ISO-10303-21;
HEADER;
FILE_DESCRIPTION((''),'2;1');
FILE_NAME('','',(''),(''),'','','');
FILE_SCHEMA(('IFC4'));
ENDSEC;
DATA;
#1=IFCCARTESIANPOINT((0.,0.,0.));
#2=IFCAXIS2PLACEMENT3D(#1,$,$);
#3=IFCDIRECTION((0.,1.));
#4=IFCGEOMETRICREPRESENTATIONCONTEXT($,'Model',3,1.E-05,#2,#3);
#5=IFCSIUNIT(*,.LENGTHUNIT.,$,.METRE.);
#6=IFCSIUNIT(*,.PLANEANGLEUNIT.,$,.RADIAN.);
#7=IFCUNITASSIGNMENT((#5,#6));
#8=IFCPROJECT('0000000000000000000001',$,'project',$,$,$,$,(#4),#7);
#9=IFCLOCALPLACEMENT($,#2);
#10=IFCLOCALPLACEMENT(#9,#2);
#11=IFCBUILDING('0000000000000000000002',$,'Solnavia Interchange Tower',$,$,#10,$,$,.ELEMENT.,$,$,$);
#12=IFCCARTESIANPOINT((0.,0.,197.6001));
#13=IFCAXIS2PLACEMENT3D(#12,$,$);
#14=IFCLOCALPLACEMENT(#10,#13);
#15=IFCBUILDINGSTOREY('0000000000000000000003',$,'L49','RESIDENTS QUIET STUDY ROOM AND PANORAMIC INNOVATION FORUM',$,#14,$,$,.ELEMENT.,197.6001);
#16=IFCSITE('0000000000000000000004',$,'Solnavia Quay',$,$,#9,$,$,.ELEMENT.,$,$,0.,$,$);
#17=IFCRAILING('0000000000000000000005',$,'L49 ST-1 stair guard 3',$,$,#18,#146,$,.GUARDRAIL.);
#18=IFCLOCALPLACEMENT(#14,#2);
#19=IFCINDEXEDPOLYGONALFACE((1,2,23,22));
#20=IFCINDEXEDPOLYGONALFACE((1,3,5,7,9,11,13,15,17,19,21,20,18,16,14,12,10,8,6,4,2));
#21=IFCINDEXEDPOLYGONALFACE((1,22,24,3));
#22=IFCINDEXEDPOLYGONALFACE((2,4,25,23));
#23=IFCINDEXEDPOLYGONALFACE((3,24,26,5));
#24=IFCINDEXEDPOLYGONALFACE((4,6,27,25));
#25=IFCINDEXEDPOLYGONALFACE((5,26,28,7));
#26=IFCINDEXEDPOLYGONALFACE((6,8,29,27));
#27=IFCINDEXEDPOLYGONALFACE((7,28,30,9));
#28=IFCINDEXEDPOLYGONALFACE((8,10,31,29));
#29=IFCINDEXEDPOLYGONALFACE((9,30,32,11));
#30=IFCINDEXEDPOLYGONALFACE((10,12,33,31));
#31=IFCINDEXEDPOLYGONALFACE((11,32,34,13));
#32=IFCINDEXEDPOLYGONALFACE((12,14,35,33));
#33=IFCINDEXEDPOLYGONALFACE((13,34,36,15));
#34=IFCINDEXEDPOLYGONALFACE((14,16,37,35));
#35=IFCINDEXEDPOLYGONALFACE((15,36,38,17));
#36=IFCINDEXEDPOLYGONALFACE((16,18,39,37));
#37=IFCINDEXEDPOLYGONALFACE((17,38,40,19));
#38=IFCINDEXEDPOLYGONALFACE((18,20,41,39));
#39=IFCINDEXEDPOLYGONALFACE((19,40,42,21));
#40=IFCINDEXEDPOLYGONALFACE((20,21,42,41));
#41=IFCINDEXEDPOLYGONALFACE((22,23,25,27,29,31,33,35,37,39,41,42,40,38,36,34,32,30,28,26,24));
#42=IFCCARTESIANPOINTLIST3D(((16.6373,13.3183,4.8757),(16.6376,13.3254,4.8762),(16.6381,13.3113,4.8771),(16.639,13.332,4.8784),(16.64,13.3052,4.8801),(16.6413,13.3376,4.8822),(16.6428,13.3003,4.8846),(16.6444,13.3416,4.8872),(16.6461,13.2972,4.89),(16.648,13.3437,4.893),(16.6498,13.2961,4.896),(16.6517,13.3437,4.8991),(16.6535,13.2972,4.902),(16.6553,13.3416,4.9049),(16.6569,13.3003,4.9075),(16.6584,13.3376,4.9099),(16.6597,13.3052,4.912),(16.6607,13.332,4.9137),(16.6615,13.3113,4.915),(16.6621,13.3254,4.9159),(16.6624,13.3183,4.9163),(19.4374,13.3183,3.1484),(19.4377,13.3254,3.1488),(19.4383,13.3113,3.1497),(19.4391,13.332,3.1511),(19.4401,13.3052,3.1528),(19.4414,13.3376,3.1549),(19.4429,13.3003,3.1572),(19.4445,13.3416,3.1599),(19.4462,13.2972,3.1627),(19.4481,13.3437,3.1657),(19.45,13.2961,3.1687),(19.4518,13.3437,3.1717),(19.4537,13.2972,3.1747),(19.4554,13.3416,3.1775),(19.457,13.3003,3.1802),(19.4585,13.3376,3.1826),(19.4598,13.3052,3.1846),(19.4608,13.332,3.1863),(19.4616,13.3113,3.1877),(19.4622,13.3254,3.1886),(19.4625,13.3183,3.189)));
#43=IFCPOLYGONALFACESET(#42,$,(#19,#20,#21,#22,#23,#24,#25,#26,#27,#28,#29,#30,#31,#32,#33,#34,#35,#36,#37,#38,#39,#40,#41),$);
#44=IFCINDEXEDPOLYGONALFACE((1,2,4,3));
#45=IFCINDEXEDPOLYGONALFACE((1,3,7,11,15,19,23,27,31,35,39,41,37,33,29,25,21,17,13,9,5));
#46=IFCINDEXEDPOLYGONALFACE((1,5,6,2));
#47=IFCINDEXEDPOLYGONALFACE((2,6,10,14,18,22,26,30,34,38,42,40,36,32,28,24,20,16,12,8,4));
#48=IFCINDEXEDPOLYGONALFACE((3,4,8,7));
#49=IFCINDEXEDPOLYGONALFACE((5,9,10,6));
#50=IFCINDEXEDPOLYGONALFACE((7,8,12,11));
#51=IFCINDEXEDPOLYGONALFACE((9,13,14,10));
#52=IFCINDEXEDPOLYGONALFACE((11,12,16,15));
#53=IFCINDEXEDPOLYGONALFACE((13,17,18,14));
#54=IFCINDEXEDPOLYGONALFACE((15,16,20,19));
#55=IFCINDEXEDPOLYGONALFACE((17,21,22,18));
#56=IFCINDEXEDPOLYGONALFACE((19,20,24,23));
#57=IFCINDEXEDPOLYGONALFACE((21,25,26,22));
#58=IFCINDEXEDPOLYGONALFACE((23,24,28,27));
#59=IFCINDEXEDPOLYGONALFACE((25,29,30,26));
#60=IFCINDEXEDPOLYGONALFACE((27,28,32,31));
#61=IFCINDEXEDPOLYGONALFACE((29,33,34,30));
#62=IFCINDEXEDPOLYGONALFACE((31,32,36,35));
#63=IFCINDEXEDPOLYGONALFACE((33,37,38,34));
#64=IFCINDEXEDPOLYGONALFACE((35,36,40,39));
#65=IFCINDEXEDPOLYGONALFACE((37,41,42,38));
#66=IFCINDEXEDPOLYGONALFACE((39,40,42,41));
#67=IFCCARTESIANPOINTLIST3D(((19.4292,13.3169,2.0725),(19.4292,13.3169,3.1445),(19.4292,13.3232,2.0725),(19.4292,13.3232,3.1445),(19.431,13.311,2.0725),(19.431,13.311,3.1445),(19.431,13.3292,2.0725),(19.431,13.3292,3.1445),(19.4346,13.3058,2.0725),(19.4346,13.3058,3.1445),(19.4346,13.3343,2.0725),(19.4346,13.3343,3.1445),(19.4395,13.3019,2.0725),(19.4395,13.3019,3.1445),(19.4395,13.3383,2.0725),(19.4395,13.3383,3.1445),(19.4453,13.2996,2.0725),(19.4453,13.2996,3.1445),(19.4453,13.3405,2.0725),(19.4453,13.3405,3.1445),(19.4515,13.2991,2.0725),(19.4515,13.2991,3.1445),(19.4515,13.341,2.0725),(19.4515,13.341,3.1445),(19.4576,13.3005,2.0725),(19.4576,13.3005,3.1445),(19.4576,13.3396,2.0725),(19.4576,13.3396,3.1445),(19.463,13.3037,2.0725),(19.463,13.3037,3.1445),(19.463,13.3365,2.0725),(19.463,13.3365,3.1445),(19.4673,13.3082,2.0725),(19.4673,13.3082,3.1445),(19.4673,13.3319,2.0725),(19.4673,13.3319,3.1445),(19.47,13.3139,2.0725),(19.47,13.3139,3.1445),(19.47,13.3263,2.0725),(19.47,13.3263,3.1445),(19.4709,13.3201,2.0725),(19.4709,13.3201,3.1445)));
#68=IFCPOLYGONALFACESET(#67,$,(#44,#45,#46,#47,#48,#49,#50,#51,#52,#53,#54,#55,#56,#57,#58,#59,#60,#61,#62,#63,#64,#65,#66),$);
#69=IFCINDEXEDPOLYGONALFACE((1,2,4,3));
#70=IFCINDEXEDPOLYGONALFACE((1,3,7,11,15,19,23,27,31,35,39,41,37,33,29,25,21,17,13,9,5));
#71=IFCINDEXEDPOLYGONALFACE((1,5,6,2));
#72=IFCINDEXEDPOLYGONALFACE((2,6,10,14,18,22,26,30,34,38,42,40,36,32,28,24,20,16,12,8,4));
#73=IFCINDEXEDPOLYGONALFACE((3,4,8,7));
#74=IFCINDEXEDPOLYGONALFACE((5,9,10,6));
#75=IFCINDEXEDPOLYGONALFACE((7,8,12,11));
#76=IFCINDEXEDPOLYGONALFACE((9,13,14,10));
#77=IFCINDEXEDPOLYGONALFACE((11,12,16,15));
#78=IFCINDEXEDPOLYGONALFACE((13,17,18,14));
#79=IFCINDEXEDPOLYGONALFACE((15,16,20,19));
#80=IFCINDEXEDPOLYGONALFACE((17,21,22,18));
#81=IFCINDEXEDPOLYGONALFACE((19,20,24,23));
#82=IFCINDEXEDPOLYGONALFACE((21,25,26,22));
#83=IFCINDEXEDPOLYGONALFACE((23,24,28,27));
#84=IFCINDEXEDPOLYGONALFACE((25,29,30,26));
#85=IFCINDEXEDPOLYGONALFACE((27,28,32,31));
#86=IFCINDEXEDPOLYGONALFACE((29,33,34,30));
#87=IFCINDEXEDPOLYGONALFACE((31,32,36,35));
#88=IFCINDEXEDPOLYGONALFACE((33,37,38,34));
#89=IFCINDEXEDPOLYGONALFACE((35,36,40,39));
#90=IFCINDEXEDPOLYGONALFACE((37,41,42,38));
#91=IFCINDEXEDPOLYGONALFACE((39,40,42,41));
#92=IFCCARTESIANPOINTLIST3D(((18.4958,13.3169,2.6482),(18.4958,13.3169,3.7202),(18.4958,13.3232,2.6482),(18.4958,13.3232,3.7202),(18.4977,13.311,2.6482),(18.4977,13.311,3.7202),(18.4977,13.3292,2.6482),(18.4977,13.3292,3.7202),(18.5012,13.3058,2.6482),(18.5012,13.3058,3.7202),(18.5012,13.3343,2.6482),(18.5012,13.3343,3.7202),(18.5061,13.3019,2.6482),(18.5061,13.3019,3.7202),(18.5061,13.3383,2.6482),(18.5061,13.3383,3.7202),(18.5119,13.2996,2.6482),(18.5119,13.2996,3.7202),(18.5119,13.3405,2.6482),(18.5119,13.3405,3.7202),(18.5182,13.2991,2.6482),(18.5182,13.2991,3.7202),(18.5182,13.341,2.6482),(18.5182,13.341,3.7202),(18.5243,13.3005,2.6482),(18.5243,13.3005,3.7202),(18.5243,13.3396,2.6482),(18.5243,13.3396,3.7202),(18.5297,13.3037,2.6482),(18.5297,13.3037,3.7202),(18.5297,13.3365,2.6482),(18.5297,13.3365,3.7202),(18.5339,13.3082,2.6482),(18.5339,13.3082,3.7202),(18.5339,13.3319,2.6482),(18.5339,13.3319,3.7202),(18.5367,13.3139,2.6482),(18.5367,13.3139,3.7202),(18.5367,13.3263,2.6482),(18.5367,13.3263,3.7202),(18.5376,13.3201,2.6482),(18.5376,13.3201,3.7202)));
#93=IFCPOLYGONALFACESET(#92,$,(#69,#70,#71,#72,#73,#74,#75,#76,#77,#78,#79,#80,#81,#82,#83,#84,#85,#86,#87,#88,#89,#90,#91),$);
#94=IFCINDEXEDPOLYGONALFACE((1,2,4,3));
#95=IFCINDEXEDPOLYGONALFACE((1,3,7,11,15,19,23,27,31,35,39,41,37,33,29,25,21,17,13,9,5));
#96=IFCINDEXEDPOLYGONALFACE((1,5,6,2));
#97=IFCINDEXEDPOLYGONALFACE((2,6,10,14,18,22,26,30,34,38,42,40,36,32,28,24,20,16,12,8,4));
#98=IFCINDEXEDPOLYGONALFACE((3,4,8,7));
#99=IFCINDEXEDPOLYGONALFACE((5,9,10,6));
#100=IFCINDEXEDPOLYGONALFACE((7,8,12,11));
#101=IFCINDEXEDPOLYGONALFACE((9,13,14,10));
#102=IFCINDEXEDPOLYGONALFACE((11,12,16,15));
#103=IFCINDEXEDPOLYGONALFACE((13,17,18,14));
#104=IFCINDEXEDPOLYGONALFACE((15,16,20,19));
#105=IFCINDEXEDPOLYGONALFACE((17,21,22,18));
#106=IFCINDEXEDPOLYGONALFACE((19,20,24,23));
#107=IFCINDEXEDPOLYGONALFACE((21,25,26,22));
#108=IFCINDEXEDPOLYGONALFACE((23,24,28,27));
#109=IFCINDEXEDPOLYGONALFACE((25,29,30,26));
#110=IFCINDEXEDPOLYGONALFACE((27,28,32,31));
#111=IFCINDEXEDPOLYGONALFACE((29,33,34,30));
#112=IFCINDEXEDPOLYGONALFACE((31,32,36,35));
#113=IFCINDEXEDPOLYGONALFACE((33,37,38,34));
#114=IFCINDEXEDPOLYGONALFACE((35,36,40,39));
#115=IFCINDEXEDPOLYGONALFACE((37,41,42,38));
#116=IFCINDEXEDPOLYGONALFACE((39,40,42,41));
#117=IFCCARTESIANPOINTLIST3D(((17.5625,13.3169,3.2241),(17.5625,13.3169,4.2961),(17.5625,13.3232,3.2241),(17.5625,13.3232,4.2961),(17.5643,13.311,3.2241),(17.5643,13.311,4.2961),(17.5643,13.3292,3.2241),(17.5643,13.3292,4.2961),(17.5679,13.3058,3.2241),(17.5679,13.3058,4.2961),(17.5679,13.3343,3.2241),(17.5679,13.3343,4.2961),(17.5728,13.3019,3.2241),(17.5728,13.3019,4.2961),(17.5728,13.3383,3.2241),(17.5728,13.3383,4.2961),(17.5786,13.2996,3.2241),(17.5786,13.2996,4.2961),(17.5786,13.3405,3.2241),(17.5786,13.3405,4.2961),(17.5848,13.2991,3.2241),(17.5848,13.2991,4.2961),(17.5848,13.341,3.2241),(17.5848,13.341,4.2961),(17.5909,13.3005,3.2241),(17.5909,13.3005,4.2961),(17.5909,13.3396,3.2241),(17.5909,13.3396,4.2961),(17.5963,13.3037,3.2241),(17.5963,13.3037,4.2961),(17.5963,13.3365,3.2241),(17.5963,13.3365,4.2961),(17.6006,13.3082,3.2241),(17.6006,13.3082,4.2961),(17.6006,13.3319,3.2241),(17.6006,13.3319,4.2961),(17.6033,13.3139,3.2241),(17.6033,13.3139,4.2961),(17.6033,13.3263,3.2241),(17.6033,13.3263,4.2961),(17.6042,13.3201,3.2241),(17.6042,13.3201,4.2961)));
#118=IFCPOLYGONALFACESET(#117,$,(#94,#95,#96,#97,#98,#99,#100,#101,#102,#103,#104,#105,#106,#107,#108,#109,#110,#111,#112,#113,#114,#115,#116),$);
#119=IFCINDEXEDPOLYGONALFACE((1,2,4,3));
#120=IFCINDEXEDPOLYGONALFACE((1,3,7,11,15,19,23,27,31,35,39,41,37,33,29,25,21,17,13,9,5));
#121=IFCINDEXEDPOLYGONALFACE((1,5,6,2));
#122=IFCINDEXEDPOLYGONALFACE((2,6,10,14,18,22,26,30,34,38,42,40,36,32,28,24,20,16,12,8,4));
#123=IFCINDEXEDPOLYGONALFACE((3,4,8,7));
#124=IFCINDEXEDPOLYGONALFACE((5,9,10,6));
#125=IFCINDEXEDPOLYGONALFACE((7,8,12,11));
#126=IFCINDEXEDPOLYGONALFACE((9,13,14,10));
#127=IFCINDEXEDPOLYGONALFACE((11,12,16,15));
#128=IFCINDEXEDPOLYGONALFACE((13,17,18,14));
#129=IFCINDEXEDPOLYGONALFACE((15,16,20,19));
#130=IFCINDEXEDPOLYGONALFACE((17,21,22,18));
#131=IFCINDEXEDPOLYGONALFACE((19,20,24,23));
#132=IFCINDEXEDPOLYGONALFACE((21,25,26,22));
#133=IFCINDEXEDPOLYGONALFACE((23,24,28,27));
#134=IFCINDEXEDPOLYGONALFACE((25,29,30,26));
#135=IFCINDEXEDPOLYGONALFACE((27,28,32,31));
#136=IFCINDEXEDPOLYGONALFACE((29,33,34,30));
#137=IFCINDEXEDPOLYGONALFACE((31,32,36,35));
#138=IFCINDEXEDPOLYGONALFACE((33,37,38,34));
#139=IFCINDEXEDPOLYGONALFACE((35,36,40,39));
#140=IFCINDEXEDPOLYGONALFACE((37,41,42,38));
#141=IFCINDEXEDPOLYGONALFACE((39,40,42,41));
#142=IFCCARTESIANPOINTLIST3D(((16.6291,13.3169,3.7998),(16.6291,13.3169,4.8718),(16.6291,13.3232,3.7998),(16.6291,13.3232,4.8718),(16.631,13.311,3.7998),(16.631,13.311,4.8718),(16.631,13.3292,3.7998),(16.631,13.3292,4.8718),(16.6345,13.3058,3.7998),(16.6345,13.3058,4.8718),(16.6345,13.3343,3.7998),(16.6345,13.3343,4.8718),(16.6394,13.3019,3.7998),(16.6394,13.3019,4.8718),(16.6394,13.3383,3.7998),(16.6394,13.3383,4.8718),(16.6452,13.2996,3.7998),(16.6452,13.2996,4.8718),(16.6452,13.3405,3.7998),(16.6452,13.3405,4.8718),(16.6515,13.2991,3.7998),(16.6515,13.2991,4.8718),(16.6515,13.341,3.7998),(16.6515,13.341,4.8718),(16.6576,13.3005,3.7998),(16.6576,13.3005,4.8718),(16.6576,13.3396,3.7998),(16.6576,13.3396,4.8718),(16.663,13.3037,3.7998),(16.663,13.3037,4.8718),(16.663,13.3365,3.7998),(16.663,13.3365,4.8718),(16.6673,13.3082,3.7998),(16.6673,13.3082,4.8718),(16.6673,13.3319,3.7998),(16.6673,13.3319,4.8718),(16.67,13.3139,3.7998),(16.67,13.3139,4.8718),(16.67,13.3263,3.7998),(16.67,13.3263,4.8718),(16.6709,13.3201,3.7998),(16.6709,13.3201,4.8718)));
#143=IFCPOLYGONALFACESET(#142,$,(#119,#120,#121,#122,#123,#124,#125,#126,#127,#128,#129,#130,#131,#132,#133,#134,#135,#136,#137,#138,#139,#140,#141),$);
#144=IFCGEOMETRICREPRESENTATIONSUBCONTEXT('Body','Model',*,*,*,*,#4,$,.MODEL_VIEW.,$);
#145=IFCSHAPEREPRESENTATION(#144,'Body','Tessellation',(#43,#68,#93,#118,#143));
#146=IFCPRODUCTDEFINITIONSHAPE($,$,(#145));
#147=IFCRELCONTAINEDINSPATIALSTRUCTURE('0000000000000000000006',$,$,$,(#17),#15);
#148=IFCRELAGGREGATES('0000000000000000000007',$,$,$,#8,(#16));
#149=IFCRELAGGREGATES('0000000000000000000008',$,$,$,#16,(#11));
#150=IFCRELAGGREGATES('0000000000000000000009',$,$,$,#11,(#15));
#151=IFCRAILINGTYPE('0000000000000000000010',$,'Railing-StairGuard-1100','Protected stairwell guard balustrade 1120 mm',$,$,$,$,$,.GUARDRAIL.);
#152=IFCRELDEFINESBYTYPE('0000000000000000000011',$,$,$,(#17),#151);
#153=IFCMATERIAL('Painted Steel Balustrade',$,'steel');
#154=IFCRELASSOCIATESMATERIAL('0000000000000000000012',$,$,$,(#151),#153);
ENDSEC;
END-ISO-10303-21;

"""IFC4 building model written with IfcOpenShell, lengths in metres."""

from ifc_helpers import new_model, si_unit, direction, frame, origin, origin_2d, place, context, subcontext, project, spatial, circle, extrude, material, type_object, element, save


model = new_model("IFC4")

# Units and contexts
model_context = context("Model", 3, precision=1e-05, world=origin(), true_north=direction((0.0, 1.0)))
body_context = subcontext(model_context, "Body", "Model", "MODEL_VIEW")
ifc_project = project(units=[si_unit("LENGTHUNIT", "METRE"), si_unit("PLANEANGLEUNIT", "RADIAN")], contexts=[model_context])

# Site, building, storey
site_placement = place(None, origin())
site = spatial("IfcSite", under=ifc_project, at=site_placement, Name="Solnavia Quay", CompositionType="ELEMENT", RefElevation=0.0)
building_placement = place(site_placement, origin())
building = spatial("IfcBuilding", under=site, at=building_placement, Name="Solnavia Interchange Tower", CompositionType="ELEMENT")
storey_placement = place(building_placement, frame((0.0, 0.0, 197.6001)))
storey = spatial("IfcBuildingStorey", under=building, at=storey_placement, Name="L49", Description="RESIDENTS QUIET STUDY ROOM AND PANORAMIC INNOVATION FORUM", CompositionType="ELEMENT", Elevation=197.6001)

# Railing
ifc_material_1 = material(Name="Painted Steel Balustrade", Category="steel")
railing_type_1 = type_object("IfcRailingType", Name="Railing-StairGuard-1100", Description="Protected stairwell guard balustrade 1120 mm", PredefinedType="GUARDRAIL", material=ifc_material_1)
railing_1_placement = place(storey_placement, frame((19.45, 13.3201, 2.0725)))
element("IfcRailing", 1, at=railing_1_placement, inside=storey, type_object=railing_type_1, Name="L49 ST-1 stair guard 3", PredefinedType="GUARDRAIL", context=body_context, shape_type="SweptSolid", body=[
    extrude(circle(Radius=0.0239, at=origin_2d()), frame((0.0, 0.0, 1.0962), z_axis=(-0.85109, 0.0, 0.52502), x_axis=(0.0, -1.0, 0.0)), (0.0, 0.0, 1.0), 3.29),
    extrude(circle(Radius=0.021, at=origin_2d()), origin(), (0.0, 0.0, 1.0), 1.072),
    extrude(circle(Radius=0.021, at=origin_2d()), frame((-0.9333, 0.0, 0.5757)), (0.0, 0.0, 1.0), 1.072),
    extrude(circle(Radius=0.021, at=origin_2d()), frame((-1.8667, 0.0, 1.1516)), (0.0, 0.0, 1.0), 1.072),
    extrude(circle(Radius=0.021, at=origin_2d()), frame((-2.8, 0.0, 1.7273)), (0.0, 0.0, 1.0), 1.072),
])

save(model, "model.ifc")
